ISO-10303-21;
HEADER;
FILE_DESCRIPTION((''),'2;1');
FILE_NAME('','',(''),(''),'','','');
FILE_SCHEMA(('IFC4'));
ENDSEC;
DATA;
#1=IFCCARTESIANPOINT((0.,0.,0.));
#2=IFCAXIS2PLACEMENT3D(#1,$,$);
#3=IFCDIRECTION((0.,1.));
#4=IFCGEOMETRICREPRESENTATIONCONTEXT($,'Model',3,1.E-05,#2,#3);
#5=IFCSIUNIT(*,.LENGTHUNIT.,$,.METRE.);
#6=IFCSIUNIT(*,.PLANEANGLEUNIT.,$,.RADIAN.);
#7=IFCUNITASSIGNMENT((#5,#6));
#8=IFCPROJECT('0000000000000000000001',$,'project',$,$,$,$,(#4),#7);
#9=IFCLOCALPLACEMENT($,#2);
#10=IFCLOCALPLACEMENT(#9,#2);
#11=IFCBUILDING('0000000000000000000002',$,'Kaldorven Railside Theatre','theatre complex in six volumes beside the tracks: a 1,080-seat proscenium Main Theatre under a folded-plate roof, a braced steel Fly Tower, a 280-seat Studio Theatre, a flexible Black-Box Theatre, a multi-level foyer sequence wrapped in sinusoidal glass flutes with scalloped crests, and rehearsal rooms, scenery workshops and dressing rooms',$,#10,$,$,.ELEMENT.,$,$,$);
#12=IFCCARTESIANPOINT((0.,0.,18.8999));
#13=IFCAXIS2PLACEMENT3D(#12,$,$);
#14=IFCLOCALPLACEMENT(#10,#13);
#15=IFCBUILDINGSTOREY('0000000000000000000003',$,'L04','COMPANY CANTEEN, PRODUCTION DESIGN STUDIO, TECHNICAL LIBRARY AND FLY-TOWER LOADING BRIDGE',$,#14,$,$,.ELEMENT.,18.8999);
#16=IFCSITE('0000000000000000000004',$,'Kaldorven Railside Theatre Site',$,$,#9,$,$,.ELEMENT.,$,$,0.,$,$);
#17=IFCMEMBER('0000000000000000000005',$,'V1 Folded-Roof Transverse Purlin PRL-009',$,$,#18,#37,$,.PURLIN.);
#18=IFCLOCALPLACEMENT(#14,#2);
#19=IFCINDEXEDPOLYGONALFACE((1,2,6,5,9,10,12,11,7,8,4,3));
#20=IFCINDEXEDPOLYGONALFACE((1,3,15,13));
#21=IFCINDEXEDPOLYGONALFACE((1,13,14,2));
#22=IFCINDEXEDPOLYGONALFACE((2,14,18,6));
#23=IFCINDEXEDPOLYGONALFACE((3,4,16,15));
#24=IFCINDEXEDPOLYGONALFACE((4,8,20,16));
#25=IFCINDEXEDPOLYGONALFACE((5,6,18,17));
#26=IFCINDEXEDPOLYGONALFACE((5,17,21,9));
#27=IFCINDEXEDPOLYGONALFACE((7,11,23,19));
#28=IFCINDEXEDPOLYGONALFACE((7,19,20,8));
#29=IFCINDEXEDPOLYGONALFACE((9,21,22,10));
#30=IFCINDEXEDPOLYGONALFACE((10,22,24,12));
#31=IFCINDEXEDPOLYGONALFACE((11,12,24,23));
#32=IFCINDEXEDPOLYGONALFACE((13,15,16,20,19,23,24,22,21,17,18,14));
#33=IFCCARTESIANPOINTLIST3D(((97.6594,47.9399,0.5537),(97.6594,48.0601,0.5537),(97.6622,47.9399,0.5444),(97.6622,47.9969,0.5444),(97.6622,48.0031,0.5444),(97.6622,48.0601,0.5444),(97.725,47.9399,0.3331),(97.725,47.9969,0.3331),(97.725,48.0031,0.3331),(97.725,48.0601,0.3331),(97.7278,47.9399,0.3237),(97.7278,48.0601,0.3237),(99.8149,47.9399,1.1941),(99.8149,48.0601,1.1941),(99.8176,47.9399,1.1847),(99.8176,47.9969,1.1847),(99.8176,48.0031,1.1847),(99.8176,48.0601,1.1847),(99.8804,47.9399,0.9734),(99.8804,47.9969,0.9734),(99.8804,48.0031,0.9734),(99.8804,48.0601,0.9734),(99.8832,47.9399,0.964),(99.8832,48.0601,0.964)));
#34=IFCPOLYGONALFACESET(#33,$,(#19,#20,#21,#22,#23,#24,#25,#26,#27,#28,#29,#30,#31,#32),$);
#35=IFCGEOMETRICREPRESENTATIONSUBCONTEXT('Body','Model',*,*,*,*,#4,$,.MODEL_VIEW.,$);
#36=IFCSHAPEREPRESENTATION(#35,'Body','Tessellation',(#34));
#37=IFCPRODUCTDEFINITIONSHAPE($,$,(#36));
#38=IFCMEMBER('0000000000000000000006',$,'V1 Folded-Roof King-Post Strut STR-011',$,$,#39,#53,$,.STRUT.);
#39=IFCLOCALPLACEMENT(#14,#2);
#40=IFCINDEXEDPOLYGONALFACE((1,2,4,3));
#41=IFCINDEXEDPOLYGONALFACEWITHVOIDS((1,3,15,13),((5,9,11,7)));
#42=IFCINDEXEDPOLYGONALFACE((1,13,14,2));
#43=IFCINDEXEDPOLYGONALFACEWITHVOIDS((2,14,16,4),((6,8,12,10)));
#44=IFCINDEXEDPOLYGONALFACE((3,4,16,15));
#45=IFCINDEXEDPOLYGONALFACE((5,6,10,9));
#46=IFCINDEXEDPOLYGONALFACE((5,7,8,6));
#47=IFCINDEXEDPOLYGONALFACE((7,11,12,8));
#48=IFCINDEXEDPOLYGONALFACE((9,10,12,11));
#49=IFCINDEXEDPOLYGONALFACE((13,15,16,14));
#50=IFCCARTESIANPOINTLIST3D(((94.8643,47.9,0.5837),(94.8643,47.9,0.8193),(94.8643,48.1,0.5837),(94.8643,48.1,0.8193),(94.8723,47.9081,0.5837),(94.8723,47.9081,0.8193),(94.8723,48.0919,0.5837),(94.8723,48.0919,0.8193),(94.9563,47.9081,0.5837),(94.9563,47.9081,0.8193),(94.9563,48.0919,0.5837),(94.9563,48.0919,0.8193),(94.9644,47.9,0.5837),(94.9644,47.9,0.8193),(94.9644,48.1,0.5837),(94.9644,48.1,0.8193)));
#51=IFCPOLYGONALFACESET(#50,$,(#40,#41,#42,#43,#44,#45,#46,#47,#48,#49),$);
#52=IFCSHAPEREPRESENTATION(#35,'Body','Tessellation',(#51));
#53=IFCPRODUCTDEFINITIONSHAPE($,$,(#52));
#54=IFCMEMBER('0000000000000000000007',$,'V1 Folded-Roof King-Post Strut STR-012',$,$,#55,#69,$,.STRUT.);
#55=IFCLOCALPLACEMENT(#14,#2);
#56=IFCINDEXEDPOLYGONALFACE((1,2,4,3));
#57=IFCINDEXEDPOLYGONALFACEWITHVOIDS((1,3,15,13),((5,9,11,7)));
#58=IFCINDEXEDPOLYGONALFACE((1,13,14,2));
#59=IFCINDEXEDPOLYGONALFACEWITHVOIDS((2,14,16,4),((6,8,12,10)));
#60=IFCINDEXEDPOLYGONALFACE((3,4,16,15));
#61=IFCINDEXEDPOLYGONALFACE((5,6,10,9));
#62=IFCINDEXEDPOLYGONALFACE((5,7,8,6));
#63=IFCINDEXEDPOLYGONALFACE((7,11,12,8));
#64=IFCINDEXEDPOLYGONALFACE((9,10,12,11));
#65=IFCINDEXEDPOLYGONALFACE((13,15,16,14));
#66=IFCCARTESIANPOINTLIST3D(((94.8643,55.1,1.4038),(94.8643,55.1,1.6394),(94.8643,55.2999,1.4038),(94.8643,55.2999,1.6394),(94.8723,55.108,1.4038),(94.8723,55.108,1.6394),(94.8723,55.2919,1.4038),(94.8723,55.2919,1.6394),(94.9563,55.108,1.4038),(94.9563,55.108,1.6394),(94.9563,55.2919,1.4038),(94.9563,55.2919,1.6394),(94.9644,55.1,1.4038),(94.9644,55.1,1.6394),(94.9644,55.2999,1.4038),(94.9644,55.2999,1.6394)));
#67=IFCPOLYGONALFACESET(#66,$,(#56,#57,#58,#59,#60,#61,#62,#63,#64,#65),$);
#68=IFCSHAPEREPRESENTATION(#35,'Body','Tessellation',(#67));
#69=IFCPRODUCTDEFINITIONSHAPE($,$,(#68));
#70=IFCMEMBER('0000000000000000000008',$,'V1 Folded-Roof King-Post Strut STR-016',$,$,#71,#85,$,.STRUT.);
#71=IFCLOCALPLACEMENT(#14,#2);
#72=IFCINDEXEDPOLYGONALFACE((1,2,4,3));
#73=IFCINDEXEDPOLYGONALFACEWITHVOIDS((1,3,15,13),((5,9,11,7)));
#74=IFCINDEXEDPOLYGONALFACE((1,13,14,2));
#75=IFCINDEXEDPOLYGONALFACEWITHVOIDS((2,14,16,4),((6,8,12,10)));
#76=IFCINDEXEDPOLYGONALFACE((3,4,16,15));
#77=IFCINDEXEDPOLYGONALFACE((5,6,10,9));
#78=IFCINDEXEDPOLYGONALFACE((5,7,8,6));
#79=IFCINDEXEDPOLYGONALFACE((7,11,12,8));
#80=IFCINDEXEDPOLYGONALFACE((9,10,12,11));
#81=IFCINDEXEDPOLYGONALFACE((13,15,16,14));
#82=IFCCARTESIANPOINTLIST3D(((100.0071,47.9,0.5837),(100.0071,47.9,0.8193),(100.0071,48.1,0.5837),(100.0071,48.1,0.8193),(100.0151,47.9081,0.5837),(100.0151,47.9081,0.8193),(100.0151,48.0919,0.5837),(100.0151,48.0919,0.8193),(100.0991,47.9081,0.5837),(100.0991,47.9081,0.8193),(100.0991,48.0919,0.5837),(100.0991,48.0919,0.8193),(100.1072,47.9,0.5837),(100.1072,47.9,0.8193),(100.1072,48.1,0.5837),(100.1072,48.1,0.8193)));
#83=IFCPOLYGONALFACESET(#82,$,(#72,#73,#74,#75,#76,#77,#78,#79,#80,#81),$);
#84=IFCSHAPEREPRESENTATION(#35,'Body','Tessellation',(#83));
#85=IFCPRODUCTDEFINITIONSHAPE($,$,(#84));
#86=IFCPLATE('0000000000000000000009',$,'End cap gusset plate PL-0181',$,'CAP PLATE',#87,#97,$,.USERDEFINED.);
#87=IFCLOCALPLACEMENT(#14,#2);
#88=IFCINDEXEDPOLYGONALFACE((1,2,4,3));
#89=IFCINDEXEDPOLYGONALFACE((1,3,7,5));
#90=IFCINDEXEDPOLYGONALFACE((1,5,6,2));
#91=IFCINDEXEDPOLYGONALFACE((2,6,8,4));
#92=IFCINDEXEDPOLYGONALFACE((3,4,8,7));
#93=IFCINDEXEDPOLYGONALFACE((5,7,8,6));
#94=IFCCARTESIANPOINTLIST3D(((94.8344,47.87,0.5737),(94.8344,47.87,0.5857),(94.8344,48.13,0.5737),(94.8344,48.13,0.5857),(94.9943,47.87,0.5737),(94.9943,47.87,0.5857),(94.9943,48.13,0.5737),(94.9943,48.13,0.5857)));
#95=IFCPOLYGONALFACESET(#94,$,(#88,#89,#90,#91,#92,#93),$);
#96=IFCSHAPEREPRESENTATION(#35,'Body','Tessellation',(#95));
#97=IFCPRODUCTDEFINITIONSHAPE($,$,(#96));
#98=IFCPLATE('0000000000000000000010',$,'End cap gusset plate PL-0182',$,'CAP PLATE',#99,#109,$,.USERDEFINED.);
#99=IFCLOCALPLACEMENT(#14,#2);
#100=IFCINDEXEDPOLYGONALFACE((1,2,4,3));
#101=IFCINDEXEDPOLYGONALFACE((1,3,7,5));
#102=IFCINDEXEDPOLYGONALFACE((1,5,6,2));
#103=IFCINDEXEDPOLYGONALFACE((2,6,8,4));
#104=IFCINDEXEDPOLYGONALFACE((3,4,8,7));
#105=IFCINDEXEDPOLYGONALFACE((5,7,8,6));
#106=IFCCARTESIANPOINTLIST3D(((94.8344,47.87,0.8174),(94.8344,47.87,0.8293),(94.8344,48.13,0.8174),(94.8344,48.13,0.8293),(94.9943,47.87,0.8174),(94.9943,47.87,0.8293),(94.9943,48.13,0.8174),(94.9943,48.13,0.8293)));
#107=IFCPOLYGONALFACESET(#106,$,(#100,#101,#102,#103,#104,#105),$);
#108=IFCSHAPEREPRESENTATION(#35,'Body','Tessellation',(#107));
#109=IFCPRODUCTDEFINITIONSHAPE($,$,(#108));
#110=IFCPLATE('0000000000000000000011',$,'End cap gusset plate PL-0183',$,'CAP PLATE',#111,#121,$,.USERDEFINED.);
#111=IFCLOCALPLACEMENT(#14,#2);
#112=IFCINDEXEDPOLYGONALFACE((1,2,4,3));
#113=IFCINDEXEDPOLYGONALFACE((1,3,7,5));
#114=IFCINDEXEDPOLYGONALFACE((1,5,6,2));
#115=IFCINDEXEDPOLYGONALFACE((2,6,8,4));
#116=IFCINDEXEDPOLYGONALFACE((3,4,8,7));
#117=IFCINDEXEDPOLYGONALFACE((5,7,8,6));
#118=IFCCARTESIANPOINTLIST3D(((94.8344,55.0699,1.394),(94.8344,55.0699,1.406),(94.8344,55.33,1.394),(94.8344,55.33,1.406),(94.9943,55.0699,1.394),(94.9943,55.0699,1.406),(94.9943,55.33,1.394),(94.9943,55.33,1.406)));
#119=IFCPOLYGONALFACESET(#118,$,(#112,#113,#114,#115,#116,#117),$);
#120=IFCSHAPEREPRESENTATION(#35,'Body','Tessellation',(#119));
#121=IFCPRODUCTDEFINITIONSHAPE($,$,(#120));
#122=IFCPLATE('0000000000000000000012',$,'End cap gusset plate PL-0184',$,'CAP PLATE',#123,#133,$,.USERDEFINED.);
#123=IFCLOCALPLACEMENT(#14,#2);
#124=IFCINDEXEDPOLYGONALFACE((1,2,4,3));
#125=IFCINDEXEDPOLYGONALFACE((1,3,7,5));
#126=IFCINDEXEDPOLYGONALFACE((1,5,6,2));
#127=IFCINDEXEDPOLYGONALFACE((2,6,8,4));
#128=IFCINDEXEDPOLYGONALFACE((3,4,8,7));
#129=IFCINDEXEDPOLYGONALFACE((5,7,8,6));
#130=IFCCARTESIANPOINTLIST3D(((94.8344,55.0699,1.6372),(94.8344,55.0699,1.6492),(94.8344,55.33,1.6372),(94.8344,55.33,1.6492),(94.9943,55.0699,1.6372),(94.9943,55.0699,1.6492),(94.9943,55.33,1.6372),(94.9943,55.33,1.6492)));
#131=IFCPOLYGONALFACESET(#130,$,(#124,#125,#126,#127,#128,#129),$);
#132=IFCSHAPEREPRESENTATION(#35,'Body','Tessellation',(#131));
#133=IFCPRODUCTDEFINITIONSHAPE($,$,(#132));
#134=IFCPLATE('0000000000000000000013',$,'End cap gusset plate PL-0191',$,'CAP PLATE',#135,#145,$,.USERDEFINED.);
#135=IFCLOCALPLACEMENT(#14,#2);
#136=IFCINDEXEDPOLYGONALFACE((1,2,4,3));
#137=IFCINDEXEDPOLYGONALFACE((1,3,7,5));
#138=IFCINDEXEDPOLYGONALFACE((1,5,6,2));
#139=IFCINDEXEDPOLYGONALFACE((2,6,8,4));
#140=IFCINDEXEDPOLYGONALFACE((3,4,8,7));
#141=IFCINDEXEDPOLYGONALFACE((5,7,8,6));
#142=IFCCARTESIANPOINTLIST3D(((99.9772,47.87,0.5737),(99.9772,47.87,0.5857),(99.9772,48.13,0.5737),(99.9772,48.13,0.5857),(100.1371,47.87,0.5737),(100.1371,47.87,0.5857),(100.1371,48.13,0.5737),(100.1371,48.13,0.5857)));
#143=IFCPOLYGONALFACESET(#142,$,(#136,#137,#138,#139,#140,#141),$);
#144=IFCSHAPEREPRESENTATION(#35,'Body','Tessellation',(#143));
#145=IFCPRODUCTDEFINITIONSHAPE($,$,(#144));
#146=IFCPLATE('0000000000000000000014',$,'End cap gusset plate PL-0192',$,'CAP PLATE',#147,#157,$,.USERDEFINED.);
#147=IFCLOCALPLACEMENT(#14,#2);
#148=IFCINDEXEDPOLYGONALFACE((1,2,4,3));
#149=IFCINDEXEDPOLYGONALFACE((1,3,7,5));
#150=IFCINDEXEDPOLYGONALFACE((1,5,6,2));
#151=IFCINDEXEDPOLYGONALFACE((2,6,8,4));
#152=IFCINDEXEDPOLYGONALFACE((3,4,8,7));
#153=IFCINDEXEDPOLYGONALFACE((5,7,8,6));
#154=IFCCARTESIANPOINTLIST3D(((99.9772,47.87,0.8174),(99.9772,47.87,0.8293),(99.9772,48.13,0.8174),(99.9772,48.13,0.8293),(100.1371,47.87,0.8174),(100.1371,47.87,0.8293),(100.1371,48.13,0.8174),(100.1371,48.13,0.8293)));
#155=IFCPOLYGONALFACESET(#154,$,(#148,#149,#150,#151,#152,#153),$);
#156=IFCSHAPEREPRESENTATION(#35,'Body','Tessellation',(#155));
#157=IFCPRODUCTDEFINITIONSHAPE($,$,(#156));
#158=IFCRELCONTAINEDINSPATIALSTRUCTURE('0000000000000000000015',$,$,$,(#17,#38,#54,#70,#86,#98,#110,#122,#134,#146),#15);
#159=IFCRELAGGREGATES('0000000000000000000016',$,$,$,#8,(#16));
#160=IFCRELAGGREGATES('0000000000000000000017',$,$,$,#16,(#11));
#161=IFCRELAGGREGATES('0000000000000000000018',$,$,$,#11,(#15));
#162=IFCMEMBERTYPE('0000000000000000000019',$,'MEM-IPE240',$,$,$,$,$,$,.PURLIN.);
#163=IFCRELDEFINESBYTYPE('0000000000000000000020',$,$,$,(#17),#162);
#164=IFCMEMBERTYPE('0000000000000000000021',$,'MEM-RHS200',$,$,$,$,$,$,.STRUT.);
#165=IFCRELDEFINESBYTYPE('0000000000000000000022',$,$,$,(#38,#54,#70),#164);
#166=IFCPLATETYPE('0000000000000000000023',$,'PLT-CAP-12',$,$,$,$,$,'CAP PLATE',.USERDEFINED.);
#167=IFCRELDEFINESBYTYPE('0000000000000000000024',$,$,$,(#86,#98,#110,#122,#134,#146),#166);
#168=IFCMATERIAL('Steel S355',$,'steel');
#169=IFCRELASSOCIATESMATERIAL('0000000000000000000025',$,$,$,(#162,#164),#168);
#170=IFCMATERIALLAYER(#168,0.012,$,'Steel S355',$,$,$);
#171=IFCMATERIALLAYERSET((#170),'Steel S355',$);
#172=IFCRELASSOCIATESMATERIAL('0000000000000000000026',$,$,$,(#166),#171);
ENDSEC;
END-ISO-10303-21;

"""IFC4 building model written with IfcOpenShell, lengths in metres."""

from ifc_helpers import new_model, si_unit, direction, frame, origin, origin_2d, place, context, subcontext, project, spatial, rectangle, hollow_rectangle, i_section, extrude, material, layer, layer_set, material_profile, profile_set, type_object, element, save


model = new_model("IFC4")

# Units and contexts
model_context = context("Model", 3, precision=1e-05, world=origin(), true_north=direction((0.0, 1.0)))
body_context = subcontext(model_context, "Body", "Model", "MODEL_VIEW")
ifc_project = project(units=[si_unit("LENGTHUNIT", "METRE"), si_unit("PLANEANGLEUNIT", "RADIAN")], contexts=[model_context])

# Site, building, storey
site_placement = place(None, origin())
site = spatial("IfcSite", under=ifc_project, at=site_placement, Name="Kaldorven Railside Theatre Site", CompositionType="ELEMENT", RefElevation=0.0)
building_placement = place(site_placement, origin())
building = spatial("IfcBuilding", under=site, at=building_placement, Name="Kaldorven Railside Theatre", Description="theatre complex in six volumes beside the tracks: a 1,080-seat proscenium Main Theatre under a folded-plate roof, a braced steel Fly Tower, a 280-seat Studio Theatre, a flexible Black-Box Theatre, a multi-level foyer sequence wrapped in sinusoidal glass flutes with scalloped crests, and rehearsal rooms, scenery workshops and dressing rooms", CompositionType="ELEMENT")
storey_placement = place(building_placement, frame((0.0, 0.0, 18.8999)))
storey = spatial("IfcBuildingStorey", under=building, at=storey_placement, Name="L04", Description="COMPANY CANTEEN, PRODUCTION DESIGN STUDIO, TECHNICAL LIBRARY AND FLY-TOWER LOADING BRIDGE", CompositionType="ELEMENT", Elevation=18.8999)

# Shared definitions
ifc_material = material(Name="Steel S355", Category="steel")

# Members
ifc_material_profile_1 = material_profile(ifc_material, i_section(OverallWidth=0.1201, OverallDepth=0.24, WebThickness=0.0061, FlangeThickness=0.0098, at=origin_2d()), Name="IPE 240")
ifc_profile_set_1 = profile_set([ifc_material_profile_1], Name="Steel S355")
member_type_1 = type_object("IfcMemberType", Name="MEM-IPE240", PredefinedType="PURLIN", material=ifc_profile_set_1)
for number, where, z_axis, x_axis, name in (
    (1, (97.6936, 48.0, 0.4387), (0.958591, 0.0, 0.284787), (0.0, 1.0, 0.0), "V1 Folded-Roof Transverse Purlin PRL-009"),
):
    element("IfcMember", number, at=place(storey_placement, frame(where, z_axis=z_axis, x_axis=x_axis)), inside=storey, type_object=member_type_1, Name=name, PredefinedType="PURLIN", context=body_context, shape_type="SweptSolid", body=[
        extrude(i_section(OverallWidth=0.1201, OverallDepth=0.24, WebThickness=0.0061, FlangeThickness=0.0098, at=origin_2d()), origin(), (0.0, 0.0, 1.0), 2.2485),
    ])
ifc_material_profile_2 = material_profile(ifc_material, hollow_rectangle(XDim=0.1001, YDim=0.2, WallThickness=0.0081, at=origin_2d()), Name="RHS 200x100x8")
ifc_profile_set_2 = profile_set([ifc_material_profile_2], Name="Steel S355")
member_type_2 = type_object("IfcMemberType", Name="MEM-RHS200", PredefinedType="STRUT", material=ifc_profile_set_2)
for number, where, z_axis, x_axis, name in (
    (2, (94.9143, 48.0, 0.5837), (0.0, 0.0, 1.0), (1.0, 0.0, 0.0), "V1 Folded-Roof King-Post Strut STR-011"),
    (3, (94.9143, 55.2, 1.4038), (0.0, 0.0, 1.0), (1.0, 0.0, 0.0), "V1 Folded-Roof King-Post Strut STR-012"),
    (4, (100.0571, 48.0, 0.5837), (0.0, 0.0, 1.0), (1.0, 0.0, 0.0), "V1 Folded-Roof King-Post Strut STR-016"),
):
    element("IfcMember", number, at=place(storey_placement, frame(where, z_axis=z_axis, x_axis=x_axis)), inside=storey, type_object=member_type_2, Name=name, PredefinedType="STRUT", context=body_context, shape_type="SweptSolid", body=[
        extrude(hollow_rectangle(XDim=0.1001, YDim=0.2, WallThickness=0.0081, at=origin_2d()), origin(), (0.0, 0.0, 1.0), 0.2356),
    ])

# Plates
ifc_layer = layer(ifc_material, 0.012, Name="Steel S355")
ifc_layer_set = layer_set([ifc_layer], Name="Steel S355")
plate_type = type_object("IfcPlateType", Name="PLT-CAP-12", ElementType="CAP PLATE", PredefinedType="USERDEFINED", material=ifc_layer_set)
for number, where, z_axis, x_axis, name in (
    (5, (94.9143, 48.0, 0.5737), (0.0, 0.0, 1.0), (1.0, 0.0, 0.0), "End cap gusset plate PL-0181"),
    (6, (94.9143, 48.0, 0.8174), (0.0, 0.0, 1.0), (1.0, 0.0, 0.0), "End cap gusset plate PL-0182"),
    (7, (94.9143, 55.2, 1.394), (0.0, 0.0, 1.0), (1.0, 0.0, 0.0), "End cap gusset plate PL-0183"),
    (8, (94.9143, 55.2, 1.6372), (0.0, 0.0, 1.0), (1.0, 0.0, 0.0), "End cap gusset plate PL-0184"),
    (9, (100.0571, 48.0, 0.5737), (0.0, 0.0, 1.0), (1.0, 0.0, 0.0), "End cap gusset plate PL-0191"),
    (10, (100.0571, 48.0, 0.8174), (0.0, 0.0, 1.0), (1.0, 0.0, 0.0), "End cap gusset plate PL-0192"),
):
    element("IfcPlate", number, at=place(storey_placement, frame(where, z_axis=z_axis, x_axis=x_axis)), inside=storey, type_object=plate_type, Name=name, ObjectType="CAP PLATE", PredefinedType="USERDEFINED", context=body_context, shape_type="SweptSolid", body=[
        extrude(rectangle(XDim=0.1599, YDim=0.26, at=origin_2d()), origin(), (0.0, 0.0, 1.0), 0.012),
    ])

save(model, "model.ifc")
